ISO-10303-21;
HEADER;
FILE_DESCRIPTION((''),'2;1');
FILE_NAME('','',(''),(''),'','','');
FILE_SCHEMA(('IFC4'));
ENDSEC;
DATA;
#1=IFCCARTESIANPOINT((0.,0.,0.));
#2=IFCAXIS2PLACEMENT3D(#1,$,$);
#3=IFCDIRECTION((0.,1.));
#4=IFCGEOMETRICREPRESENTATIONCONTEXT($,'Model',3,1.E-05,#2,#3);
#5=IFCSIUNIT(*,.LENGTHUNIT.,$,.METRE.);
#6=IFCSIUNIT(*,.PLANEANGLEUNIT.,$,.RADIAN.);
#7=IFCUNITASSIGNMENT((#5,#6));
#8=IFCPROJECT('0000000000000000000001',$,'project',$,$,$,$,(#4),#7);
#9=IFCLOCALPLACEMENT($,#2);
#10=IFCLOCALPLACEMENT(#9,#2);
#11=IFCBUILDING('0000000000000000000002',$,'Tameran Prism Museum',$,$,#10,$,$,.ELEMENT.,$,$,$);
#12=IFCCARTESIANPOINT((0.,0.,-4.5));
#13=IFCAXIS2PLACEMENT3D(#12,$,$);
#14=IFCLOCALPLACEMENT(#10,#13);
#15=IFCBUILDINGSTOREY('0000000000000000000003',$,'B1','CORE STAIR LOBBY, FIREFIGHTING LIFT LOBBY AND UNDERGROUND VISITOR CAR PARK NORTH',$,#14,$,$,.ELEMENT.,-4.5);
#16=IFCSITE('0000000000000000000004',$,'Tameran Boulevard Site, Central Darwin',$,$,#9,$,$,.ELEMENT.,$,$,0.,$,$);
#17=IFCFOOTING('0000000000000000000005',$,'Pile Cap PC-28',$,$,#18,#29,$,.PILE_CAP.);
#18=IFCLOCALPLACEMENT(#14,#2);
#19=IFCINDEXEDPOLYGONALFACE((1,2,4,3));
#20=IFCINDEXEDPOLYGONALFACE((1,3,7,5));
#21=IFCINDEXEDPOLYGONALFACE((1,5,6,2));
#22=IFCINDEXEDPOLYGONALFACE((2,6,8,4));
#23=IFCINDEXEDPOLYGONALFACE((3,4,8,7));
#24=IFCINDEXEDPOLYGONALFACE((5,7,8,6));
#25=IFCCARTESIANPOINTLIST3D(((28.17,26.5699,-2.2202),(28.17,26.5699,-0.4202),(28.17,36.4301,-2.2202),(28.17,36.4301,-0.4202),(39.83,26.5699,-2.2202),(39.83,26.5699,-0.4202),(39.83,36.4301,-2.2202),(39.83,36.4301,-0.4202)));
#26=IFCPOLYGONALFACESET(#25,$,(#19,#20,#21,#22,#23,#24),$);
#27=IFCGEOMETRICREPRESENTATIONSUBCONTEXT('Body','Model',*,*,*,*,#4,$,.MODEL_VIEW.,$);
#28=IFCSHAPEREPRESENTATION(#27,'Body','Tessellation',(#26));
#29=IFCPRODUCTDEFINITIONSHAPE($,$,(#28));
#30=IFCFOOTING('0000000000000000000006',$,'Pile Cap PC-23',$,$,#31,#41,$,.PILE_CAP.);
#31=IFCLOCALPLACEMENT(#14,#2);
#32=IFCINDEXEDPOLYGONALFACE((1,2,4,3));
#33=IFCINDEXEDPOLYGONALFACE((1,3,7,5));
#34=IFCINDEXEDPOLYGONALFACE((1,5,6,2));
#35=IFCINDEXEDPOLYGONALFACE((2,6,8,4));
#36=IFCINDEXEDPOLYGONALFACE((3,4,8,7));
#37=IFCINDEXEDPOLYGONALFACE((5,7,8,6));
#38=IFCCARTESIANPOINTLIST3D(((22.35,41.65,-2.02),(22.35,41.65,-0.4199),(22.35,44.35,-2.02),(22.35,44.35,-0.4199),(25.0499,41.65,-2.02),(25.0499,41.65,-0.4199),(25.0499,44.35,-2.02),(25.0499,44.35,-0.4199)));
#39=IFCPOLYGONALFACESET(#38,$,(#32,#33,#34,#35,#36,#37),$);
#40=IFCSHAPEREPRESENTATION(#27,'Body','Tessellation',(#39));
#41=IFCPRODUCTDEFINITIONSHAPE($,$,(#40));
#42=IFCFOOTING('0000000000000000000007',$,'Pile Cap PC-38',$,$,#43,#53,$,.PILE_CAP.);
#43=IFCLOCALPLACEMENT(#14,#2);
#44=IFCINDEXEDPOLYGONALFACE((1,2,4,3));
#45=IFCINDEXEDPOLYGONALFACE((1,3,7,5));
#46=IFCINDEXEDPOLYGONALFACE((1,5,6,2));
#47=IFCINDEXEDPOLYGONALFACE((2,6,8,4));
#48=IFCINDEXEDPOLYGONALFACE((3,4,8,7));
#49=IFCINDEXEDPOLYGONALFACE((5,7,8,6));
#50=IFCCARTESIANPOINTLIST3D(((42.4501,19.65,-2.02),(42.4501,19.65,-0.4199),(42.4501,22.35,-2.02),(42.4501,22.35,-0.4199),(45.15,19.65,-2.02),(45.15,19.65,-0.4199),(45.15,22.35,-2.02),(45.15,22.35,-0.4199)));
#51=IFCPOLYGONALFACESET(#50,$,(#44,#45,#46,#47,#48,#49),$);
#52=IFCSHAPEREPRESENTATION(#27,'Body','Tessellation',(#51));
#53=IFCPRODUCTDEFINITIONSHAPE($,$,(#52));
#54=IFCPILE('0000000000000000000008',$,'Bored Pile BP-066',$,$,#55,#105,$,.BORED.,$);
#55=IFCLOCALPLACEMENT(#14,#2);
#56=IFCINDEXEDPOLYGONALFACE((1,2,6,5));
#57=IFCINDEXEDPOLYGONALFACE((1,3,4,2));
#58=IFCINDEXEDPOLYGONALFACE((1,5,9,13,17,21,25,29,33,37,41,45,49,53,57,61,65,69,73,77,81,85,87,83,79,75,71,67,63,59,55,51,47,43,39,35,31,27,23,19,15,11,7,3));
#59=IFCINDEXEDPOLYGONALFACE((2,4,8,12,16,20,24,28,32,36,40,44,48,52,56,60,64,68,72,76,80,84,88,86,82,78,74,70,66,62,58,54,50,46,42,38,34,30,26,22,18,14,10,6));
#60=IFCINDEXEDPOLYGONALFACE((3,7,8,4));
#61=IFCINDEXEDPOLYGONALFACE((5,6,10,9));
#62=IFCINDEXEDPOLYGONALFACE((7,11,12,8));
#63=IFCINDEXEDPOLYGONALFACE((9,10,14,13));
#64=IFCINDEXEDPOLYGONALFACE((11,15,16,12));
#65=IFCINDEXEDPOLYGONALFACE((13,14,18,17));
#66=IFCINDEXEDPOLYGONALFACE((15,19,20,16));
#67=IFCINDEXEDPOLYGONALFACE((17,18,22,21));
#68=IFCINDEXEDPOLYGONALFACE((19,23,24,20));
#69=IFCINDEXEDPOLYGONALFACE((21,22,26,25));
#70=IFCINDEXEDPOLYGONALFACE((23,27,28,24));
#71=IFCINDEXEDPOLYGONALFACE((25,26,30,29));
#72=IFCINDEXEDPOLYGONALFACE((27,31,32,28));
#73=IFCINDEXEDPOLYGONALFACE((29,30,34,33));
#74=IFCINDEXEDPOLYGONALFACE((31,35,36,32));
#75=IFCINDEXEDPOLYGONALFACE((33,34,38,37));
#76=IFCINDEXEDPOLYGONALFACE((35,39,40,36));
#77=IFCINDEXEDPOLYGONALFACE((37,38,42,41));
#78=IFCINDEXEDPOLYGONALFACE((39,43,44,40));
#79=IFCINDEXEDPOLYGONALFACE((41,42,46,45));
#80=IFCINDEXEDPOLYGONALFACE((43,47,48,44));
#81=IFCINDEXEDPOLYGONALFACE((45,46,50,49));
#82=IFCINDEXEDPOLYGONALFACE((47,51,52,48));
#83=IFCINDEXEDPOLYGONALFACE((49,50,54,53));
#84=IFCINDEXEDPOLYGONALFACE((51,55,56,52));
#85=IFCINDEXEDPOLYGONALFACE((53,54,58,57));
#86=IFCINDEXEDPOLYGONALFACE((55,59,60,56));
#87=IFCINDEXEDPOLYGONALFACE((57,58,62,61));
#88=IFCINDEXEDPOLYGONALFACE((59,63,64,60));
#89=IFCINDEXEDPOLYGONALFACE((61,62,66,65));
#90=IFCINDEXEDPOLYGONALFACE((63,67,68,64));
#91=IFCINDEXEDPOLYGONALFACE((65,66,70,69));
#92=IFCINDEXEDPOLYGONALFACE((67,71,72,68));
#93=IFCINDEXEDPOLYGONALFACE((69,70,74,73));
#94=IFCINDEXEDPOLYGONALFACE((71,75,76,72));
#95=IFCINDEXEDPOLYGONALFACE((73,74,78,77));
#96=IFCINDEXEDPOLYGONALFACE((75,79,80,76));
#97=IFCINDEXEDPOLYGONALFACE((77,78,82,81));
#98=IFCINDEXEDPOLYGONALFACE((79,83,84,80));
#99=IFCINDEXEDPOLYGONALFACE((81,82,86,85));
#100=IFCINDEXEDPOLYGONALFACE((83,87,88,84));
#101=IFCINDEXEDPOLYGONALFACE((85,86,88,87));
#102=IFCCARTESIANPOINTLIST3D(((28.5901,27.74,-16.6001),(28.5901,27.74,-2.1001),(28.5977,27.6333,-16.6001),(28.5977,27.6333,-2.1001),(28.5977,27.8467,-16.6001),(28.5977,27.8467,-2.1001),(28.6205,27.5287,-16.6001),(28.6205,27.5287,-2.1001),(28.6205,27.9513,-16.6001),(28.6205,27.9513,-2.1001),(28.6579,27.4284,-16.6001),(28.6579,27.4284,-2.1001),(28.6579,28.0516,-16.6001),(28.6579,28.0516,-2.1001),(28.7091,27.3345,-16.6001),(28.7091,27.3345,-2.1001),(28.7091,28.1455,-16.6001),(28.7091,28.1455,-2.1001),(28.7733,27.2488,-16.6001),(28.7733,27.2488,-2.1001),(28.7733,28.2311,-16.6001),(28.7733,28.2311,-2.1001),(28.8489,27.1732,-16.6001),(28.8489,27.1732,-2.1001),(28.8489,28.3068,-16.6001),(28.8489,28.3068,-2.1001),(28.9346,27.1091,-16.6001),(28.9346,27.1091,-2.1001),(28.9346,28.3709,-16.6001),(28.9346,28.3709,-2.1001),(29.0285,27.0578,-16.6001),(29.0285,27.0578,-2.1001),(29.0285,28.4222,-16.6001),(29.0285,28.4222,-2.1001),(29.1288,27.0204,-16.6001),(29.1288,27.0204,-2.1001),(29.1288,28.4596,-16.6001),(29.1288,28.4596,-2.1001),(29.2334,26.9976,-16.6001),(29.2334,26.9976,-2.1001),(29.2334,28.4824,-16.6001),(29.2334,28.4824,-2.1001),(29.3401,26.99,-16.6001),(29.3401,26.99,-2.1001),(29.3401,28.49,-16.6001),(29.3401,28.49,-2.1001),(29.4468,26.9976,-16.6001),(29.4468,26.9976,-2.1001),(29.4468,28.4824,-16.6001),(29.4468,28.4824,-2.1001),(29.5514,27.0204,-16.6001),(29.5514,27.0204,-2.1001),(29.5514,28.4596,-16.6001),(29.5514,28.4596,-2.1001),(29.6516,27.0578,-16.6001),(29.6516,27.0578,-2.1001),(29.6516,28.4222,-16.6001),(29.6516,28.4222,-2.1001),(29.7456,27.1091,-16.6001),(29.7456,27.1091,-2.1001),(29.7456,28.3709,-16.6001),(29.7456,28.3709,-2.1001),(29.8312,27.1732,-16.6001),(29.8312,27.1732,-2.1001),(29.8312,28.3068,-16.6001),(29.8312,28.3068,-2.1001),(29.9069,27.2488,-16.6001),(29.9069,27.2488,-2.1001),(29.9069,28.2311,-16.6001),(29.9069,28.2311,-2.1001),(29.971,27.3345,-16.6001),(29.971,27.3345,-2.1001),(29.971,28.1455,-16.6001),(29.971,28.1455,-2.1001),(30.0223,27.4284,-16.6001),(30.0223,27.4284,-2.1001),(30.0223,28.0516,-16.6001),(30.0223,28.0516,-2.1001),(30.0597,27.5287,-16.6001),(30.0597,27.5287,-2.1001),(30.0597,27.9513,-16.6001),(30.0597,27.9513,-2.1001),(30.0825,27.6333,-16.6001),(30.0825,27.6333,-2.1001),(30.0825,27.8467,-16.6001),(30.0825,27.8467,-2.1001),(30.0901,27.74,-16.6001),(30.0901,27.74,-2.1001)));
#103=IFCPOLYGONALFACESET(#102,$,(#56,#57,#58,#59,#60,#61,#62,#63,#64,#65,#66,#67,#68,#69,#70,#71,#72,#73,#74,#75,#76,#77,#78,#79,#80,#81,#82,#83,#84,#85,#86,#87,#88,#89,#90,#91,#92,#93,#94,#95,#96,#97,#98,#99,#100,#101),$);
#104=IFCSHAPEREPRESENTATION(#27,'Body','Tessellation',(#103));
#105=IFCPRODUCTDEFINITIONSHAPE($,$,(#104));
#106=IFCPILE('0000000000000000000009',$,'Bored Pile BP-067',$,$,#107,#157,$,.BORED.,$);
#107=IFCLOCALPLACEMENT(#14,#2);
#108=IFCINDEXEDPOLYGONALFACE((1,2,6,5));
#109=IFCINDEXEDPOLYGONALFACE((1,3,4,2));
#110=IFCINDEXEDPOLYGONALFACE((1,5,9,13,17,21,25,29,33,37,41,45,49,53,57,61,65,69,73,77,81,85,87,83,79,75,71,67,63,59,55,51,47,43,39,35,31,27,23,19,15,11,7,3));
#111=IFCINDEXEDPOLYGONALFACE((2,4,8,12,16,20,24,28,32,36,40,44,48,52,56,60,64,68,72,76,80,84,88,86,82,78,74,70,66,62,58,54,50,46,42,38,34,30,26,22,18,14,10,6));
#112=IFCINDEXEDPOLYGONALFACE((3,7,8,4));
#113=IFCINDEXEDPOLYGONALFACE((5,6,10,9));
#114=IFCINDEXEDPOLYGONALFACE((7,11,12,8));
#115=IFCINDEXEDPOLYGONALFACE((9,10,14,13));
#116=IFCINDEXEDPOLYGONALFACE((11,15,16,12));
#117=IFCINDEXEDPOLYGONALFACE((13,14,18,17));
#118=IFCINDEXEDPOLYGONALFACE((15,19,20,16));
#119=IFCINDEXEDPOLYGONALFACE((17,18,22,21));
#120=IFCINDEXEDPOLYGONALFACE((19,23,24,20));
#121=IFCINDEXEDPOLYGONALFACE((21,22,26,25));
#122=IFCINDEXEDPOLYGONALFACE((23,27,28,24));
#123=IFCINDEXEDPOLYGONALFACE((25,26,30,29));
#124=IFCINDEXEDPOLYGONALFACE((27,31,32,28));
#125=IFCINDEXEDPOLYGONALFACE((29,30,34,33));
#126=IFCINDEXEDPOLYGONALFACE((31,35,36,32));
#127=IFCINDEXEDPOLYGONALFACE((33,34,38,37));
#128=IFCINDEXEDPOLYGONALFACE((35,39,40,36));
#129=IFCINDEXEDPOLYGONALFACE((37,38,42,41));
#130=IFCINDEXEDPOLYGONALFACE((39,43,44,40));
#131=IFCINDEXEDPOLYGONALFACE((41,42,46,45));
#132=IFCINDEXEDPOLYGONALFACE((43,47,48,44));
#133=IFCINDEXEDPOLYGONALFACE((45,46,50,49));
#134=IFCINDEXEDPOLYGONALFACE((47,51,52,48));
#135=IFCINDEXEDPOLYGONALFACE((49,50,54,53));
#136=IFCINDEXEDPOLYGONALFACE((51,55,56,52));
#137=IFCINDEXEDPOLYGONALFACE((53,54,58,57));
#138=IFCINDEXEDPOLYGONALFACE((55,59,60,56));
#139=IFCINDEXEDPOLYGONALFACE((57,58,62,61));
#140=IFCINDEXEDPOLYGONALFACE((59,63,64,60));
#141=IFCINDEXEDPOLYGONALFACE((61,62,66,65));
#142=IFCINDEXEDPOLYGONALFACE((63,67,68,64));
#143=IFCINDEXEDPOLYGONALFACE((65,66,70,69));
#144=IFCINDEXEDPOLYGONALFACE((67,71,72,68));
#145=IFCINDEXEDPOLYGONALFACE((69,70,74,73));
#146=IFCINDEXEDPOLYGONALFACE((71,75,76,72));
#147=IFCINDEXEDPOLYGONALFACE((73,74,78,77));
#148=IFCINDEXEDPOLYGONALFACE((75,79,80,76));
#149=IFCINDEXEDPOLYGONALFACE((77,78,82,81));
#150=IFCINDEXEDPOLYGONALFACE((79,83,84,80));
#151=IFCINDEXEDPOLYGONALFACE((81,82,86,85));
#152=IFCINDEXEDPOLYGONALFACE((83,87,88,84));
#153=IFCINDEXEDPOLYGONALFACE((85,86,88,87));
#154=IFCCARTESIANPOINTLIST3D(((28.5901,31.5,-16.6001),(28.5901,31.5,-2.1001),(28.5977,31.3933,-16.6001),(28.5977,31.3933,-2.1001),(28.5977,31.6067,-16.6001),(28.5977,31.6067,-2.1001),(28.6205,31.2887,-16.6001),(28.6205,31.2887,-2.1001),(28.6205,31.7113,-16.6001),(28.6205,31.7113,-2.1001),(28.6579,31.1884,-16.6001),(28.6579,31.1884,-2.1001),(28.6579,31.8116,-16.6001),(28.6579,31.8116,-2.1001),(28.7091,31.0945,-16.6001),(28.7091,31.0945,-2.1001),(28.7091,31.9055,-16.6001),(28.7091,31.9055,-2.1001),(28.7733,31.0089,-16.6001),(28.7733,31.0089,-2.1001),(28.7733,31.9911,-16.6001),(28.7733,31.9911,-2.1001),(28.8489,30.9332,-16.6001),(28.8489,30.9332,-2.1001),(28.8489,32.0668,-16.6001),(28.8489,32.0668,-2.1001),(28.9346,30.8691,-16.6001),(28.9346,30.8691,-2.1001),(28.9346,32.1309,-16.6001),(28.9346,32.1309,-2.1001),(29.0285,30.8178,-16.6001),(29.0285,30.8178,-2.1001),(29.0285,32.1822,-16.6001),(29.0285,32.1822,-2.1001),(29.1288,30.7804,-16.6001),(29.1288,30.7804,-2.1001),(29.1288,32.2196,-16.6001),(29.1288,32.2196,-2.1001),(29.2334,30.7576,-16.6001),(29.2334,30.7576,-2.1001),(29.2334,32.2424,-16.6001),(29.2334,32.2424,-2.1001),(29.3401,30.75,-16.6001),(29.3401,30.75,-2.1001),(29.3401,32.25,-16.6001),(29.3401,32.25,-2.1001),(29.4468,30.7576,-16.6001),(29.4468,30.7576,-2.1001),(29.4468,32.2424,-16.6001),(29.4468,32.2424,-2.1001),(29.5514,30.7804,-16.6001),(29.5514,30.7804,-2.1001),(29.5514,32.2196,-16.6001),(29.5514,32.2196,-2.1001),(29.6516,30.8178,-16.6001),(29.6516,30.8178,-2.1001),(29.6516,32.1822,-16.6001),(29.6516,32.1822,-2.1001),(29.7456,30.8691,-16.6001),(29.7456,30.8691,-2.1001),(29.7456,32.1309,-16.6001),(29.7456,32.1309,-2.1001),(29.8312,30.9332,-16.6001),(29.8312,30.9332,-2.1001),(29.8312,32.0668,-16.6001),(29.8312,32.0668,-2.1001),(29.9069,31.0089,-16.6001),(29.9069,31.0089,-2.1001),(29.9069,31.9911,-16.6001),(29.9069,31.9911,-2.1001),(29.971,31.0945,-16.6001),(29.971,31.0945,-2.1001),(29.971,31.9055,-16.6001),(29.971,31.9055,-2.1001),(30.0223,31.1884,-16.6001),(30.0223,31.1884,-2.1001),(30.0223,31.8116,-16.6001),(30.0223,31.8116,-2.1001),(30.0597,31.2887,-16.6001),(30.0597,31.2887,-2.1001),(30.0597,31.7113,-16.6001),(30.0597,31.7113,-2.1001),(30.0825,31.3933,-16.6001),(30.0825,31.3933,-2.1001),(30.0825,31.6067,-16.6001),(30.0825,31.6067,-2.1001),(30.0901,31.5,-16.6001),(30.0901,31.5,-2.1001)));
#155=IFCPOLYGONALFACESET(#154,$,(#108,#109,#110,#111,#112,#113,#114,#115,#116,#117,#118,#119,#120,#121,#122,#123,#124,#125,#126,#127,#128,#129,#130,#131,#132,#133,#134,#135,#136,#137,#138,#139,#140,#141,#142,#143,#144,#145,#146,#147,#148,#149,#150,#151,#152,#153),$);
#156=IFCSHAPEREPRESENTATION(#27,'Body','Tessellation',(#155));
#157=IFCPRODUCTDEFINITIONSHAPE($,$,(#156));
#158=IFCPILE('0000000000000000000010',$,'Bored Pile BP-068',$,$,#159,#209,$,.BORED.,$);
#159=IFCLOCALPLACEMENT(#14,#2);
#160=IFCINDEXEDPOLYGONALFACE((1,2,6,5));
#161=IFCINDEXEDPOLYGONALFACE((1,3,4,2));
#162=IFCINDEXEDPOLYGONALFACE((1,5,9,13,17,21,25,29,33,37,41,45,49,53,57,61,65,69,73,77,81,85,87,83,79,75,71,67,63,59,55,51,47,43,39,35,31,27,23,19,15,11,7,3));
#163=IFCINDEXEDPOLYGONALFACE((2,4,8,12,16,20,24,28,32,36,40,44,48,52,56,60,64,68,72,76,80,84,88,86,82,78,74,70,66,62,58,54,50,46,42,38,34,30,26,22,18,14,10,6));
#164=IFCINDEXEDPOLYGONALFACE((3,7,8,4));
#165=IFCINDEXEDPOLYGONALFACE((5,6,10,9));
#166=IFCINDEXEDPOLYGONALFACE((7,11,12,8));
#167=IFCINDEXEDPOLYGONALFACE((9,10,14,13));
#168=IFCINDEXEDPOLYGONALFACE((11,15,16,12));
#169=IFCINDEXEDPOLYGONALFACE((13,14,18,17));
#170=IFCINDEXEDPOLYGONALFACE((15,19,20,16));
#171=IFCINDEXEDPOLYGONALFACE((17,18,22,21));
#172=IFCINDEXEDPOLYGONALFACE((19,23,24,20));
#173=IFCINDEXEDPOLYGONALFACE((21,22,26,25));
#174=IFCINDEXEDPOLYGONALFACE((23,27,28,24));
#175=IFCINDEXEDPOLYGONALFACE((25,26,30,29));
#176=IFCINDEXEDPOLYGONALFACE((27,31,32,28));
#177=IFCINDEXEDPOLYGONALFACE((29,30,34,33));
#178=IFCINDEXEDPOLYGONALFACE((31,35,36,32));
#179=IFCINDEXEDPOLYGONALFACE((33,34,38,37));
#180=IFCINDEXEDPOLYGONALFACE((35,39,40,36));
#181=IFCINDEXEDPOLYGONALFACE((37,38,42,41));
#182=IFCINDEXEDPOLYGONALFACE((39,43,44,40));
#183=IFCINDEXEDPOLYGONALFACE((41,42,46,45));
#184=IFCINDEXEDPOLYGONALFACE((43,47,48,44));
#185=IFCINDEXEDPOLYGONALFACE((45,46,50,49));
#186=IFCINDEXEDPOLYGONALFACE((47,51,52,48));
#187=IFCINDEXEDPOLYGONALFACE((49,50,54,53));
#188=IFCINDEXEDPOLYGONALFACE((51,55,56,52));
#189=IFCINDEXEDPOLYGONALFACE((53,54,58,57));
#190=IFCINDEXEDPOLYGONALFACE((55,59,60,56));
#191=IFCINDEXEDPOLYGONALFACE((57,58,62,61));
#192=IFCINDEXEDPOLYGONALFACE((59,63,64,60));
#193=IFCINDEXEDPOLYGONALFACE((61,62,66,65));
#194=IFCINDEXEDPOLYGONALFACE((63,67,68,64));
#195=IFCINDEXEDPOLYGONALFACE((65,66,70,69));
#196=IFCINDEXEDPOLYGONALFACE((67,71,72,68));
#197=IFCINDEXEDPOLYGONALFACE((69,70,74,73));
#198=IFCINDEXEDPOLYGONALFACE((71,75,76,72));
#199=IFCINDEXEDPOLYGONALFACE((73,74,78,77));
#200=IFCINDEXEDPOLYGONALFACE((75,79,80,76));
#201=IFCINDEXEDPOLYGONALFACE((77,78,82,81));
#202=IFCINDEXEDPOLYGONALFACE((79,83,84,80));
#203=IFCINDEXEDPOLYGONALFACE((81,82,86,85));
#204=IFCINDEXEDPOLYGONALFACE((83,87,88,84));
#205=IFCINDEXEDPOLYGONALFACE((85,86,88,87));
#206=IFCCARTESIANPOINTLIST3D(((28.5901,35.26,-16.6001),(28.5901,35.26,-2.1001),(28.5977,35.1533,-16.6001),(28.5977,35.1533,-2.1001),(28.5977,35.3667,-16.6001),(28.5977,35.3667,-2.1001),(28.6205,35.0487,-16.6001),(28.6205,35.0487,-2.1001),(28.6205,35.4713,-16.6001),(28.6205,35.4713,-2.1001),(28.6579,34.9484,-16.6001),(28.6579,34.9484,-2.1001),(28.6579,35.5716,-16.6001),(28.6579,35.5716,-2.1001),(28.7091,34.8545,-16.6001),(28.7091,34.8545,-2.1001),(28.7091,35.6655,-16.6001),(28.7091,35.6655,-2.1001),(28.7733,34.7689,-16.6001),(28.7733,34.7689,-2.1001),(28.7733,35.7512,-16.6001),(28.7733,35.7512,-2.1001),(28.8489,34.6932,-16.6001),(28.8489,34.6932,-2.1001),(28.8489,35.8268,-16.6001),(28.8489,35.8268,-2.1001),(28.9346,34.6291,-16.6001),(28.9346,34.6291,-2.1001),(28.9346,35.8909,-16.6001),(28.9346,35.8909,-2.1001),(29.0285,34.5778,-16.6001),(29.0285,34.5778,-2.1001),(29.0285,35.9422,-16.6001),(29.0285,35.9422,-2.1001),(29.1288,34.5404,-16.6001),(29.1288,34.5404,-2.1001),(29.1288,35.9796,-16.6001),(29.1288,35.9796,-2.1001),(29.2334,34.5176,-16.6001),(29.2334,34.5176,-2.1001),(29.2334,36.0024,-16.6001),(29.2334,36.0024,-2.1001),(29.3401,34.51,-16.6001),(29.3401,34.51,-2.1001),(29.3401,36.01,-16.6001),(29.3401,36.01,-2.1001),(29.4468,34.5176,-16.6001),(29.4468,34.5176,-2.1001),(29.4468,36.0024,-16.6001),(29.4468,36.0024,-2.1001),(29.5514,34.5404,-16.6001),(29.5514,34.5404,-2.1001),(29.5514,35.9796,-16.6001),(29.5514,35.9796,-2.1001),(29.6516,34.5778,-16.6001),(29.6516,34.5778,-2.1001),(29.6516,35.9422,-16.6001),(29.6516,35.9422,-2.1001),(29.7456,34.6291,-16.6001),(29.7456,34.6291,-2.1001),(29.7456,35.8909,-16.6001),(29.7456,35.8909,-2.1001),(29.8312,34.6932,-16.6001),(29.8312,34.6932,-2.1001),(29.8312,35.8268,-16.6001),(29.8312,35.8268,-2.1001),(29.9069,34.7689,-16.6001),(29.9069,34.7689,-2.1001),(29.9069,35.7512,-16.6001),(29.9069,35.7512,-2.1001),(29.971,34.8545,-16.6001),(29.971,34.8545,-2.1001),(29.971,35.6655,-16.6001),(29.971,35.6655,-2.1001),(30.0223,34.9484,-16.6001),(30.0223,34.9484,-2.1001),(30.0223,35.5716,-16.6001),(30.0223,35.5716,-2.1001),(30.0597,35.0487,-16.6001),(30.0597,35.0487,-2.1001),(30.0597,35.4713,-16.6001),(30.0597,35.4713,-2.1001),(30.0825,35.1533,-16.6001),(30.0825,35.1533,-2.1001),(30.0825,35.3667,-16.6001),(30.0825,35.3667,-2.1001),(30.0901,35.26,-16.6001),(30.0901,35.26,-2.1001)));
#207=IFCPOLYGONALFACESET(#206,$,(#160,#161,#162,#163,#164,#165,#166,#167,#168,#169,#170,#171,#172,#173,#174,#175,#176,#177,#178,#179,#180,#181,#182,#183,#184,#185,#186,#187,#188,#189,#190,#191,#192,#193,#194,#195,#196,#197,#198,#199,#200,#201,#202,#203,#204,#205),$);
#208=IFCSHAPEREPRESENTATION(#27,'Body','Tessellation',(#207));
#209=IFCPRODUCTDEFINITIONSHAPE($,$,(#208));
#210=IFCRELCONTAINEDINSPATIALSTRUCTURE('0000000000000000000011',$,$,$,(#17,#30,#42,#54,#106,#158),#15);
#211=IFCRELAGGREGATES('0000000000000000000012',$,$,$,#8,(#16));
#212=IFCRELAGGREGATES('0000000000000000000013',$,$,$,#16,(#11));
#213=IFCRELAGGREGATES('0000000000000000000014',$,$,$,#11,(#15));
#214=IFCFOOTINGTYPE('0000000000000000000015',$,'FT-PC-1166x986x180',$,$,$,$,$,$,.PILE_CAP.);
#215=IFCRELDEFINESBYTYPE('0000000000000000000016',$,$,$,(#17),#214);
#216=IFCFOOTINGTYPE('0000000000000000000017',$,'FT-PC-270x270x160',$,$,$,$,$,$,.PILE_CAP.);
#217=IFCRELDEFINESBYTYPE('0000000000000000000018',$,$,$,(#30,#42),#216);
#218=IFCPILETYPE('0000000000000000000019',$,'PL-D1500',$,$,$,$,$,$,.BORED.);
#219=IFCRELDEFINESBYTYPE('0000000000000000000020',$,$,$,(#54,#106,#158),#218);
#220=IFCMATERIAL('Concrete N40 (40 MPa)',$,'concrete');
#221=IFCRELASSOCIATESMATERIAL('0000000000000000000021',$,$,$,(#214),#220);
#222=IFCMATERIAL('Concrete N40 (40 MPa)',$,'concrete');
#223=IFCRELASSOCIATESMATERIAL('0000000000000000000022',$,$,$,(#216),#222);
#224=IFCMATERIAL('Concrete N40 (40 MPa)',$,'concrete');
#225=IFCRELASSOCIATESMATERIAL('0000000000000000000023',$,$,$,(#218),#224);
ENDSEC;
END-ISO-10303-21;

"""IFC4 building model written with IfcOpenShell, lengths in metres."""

from ifc_helpers import new_model, si_unit, direction, frame, origin, origin_2d, place, context, subcontext, project, spatial, rectangle, circle, extrude, material, material_profile, profile_set, type_object, element, save


model = new_model("IFC4")

# Units and contexts
model_context = context("Model", 3, precision=1e-05, world=origin(), true_north=direction((0.0, 1.0)))
body_context = subcontext(model_context, "Body", "Model", "MODEL_VIEW")
ifc_project = project(units=[si_unit("LENGTHUNIT", "METRE"), si_unit("PLANEANGLEUNIT", "RADIAN")], contexts=[model_context])

# Site, building, storey
site_placement = place(None, origin())
site = spatial("IfcSite", under=ifc_project, at=site_placement, Name="Tameran Boulevard Site, Central Darwin", CompositionType="ELEMENT", RefElevation=0.0)
building_placement = place(site_placement, origin())
building = spatial("IfcBuilding", under=site, at=building_placement, Name="Tameran Prism Museum", CompositionType="ELEMENT")
storey_placement = place(building_placement, frame((0.0, 0.0, -4.5)))
storey = spatial("IfcBuildingStorey", under=building, at=storey_placement, Name="B1", Description="CORE STAIR LOBBY, FIREFIGHTING LIFT LOBBY AND UNDERGROUND VISITOR CAR PARK NORTH", CompositionType="ELEMENT", Elevation=-4.5)

# Footings
ifc_material_1 = material(Name="Concrete N40 (40 MPa)", Category="concrete")
footing_type_1 = type_object("IfcFootingType", Name="FT-PC-1166x986x180", PredefinedType="PILE_CAP", material=ifc_material_1)
footing_placement = place(storey_placement, frame((34.0, 31.5, -2.2202), z_axis=(0.0, 0.0, 1.0), x_axis=(1.0, 0.0, 0.0)))
element("IfcFooting", 1, at=footing_placement, inside=storey, type_object=footing_type_1, Name="Pile Cap PC-28", PredefinedType="PILE_CAP", context=body_context, shape_type="SweptSolid", body=[
    extrude(rectangle(XDim=11.6599, YDim=9.8601, at=origin_2d()), origin(), (0.0, 0.0, 1.0), 1.8),
])
ifc_material_2 = material(Name="Concrete N40 (40 MPa)", Category="concrete")
footing_type_2 = type_object("IfcFootingType", Name="FT-PC-270x270x160", PredefinedType="PILE_CAP", material=ifc_material_2)
for number, where, z_axis, x_axis, name in (
    (2, (23.7, 43.0, -2.02), (0.0, 0.0, 1.0), (1.0, 0.0, 0.0), "Pile Cap PC-23"),
    (3, (43.8, 21.0, -2.02), (0.0, 0.0, 1.0), (1.0, 0.0, 0.0), "Pile Cap PC-38"),
):
    element("IfcFooting", number, at=place(storey_placement, frame(where, z_axis=z_axis, x_axis=x_axis)), inside=storey, type_object=footing_type_2, Name=name, PredefinedType="PILE_CAP", context=body_context, shape_type="SweptSolid", body=[
        extrude(rectangle(XDim=2.7, YDim=2.7, at=origin_2d()), origin(), (0.0, 0.0, 1.0), 1.6001),
    ])

# Piles
ifc_material_3 = material(Name="Concrete N40 (40 MPa)", Category="concrete")
ifc_material_profile_1 = material_profile(ifc_material_3, circle(Radius=0.75, at=origin_2d()))
ifc_profile_set_1 = profile_set([ifc_material_profile_1])
pile_type_1 = type_object("IfcPileType", Name="PL-D1500", PredefinedType="BORED", material=ifc_profile_set_1)
for number, where, z_axis, x_axis, name in (
    (4, (29.3401, 27.74, -2.1001), (0.0, 0.0, -1.0), (1.0, 0.0, 0.0), "Bored Pile BP-066"),
    (5, (29.3401, 31.5, -2.1001), (0.0, 0.0, -1.0), (1.0, 0.0, 0.0), "Bored Pile BP-067"),
    (6, (29.3401, 35.26, -2.1001), (0.0, 0.0, -1.0), (1.0, 0.0, 0.0), "Bored Pile BP-068"),
):
    element("IfcPile", number, at=place(storey_placement, frame(where, z_axis=z_axis, x_axis=x_axis)), inside=storey, type_object=pile_type_1, Name=name, PredefinedType="BORED", context=body_context, shape_type="SweptSolid", body=[
        extrude(circle(Radius=0.75, at=origin_2d()), origin(), (0.0, 0.0, 1.0), 14.5),
    ])

save(model, "model.ifc")
